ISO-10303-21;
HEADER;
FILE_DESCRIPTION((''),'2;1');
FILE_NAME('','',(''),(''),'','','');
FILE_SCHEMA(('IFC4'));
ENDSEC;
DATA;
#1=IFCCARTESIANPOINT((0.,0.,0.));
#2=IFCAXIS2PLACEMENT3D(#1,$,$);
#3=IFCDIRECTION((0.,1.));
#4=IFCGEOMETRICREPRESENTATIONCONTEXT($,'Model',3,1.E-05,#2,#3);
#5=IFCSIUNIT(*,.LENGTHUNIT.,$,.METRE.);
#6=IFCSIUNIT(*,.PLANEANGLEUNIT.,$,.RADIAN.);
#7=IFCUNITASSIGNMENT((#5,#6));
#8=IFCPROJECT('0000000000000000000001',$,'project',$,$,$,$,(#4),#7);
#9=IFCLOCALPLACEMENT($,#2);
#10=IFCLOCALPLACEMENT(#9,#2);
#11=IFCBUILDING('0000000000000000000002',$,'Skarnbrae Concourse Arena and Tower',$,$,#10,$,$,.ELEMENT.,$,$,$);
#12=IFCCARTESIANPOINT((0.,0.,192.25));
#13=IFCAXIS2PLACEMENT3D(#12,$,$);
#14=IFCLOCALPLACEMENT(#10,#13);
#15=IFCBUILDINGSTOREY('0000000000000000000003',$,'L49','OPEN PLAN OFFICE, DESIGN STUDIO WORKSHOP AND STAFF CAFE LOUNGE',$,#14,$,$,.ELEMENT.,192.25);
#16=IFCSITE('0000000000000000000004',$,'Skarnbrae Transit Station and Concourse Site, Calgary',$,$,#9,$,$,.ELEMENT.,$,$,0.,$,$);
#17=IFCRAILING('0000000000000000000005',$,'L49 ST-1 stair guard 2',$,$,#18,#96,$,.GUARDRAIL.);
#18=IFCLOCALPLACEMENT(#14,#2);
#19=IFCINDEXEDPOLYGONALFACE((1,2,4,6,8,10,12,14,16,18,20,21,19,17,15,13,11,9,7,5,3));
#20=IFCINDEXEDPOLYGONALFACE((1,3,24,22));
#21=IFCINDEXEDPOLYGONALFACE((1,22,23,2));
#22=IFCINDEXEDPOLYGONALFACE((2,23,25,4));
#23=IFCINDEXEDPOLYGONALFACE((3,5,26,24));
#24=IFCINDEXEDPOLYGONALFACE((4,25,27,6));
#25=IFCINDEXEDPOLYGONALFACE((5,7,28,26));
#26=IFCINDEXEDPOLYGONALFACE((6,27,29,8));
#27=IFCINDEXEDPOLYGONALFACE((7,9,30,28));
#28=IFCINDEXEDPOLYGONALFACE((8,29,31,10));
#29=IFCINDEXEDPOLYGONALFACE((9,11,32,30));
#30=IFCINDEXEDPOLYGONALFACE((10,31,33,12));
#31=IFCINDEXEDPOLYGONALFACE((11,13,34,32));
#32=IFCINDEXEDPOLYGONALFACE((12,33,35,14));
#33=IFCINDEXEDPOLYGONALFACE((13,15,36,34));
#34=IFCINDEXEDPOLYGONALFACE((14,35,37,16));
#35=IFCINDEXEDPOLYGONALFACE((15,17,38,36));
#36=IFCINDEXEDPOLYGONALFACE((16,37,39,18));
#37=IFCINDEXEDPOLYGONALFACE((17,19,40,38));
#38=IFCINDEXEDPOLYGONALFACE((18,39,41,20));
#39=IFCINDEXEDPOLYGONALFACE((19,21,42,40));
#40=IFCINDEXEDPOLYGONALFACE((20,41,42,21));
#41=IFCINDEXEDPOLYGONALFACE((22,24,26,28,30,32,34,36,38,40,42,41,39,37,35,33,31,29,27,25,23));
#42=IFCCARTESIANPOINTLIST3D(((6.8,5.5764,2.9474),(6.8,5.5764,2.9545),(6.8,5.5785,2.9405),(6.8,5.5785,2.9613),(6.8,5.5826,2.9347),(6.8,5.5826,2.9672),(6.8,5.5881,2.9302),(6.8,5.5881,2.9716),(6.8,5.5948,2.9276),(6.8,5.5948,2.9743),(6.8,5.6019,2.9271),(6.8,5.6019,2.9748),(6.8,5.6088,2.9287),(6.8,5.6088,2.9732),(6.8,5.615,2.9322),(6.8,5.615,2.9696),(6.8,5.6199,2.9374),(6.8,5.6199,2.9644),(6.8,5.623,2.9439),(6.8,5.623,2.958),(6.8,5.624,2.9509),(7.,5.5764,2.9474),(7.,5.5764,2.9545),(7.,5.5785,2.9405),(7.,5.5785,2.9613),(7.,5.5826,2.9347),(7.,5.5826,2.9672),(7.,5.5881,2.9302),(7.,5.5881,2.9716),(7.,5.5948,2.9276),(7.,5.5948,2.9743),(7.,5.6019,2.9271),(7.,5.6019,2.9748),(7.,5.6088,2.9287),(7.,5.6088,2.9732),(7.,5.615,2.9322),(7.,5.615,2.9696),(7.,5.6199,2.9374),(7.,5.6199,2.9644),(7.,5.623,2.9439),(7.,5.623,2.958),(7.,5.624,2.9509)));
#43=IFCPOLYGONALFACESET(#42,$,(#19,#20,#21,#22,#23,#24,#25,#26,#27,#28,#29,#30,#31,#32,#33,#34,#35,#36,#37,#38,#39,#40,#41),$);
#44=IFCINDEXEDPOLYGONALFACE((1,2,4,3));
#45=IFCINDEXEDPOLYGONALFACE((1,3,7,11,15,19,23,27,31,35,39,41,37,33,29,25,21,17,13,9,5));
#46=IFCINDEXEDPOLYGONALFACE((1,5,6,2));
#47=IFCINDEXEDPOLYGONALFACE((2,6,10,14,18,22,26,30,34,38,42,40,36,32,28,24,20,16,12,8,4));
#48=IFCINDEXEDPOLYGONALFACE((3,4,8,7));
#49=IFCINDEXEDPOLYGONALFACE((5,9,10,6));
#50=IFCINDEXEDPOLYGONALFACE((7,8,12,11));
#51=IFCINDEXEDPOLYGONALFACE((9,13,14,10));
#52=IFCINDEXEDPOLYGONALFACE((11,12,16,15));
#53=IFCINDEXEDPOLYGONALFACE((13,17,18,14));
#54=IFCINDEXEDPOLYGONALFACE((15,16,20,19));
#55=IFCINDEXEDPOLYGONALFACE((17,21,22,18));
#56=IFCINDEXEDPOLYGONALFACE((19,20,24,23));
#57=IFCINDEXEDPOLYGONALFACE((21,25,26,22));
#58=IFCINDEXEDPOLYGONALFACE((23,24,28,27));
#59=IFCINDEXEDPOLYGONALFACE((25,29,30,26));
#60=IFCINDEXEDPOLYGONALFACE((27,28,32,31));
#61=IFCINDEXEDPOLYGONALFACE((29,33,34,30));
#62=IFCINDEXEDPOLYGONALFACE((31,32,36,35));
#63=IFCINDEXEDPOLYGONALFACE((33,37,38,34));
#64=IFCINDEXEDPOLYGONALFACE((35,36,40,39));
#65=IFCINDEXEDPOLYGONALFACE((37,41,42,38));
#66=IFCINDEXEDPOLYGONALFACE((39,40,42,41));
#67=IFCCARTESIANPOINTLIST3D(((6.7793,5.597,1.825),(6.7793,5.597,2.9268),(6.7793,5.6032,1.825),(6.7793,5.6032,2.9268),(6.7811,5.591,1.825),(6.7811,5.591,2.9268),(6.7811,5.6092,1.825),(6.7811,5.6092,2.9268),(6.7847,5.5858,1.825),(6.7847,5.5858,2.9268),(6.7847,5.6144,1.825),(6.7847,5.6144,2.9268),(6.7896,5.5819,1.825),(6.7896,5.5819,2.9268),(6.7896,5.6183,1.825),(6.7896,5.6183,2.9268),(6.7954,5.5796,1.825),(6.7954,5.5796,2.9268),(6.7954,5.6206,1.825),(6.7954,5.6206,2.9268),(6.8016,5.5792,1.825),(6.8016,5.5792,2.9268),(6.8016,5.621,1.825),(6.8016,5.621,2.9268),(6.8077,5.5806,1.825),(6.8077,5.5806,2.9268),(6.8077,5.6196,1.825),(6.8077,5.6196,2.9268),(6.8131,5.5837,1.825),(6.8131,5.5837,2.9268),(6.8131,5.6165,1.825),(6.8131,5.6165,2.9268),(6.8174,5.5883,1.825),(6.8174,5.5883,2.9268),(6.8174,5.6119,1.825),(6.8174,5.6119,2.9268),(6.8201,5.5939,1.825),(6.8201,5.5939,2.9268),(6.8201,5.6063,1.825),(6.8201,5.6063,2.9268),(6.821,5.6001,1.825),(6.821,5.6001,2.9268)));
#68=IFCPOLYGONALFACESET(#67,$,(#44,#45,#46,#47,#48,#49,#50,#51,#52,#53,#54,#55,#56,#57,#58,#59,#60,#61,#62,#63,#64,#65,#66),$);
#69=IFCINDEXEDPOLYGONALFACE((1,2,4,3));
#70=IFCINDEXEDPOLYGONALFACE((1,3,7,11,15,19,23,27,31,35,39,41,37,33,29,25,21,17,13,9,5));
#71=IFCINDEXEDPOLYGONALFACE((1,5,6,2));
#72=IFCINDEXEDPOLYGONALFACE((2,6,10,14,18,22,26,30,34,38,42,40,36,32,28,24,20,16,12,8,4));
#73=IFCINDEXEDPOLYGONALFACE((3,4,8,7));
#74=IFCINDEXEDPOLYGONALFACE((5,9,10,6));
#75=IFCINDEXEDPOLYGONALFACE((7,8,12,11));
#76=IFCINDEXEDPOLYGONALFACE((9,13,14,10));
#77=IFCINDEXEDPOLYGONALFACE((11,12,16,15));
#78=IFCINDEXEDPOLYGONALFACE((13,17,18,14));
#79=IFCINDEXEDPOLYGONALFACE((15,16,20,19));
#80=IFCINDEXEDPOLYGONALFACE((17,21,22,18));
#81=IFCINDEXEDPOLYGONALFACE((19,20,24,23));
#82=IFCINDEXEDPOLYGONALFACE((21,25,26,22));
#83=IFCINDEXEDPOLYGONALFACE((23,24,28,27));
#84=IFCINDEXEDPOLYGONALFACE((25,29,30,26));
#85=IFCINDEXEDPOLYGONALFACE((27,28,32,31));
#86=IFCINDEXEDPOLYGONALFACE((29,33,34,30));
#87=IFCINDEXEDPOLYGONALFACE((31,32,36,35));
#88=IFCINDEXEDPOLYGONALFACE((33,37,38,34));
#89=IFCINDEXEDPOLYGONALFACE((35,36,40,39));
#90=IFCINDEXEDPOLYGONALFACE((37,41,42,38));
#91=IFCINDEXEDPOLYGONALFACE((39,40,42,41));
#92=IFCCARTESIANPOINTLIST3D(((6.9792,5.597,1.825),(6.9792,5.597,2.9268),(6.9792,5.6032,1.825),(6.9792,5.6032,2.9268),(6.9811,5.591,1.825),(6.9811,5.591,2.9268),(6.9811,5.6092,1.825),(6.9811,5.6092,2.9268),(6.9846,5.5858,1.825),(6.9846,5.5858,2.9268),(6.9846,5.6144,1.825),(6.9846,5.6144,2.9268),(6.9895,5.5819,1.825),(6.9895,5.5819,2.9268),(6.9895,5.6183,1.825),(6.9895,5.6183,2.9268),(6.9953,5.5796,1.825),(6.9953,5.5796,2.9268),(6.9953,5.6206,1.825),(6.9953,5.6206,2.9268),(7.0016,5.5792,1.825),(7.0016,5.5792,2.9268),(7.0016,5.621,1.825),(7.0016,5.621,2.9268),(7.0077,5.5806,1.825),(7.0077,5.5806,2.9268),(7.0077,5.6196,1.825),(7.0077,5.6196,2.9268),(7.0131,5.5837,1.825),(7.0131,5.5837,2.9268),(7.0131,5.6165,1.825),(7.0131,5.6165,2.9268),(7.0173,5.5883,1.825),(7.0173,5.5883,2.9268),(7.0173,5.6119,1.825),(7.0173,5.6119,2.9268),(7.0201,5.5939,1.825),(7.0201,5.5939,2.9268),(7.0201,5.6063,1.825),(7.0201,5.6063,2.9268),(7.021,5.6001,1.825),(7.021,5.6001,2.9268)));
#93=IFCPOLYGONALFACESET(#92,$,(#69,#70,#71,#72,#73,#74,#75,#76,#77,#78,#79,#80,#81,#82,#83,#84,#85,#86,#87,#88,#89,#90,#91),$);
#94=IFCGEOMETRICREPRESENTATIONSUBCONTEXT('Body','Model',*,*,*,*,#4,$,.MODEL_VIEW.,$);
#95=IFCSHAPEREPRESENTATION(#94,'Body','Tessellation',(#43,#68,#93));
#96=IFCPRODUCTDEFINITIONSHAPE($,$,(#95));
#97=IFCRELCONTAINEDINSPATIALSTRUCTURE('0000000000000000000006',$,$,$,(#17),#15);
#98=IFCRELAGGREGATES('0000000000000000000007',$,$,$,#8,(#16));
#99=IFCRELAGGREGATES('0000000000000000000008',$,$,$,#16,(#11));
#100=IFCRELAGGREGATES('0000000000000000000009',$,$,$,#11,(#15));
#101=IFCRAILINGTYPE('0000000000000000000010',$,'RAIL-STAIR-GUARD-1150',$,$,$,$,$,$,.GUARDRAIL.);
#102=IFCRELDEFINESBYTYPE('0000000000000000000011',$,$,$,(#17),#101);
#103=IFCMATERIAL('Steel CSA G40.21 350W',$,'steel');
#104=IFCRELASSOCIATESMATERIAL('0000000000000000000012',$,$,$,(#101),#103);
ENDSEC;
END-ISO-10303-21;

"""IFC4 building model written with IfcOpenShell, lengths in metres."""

from ifc_helpers import new_model, si_unit, direction, frame, origin, origin_2d, place, context, subcontext, project, spatial, circle, extrude, material, type_object, element, save


model = new_model("IFC4")

# Units and contexts
model_context = context("Model", 3, precision=1e-05, world=origin(), true_north=direction((0.0, 1.0)))
body_context = subcontext(model_context, "Body", "Model", "MODEL_VIEW")
ifc_project = project(units=[si_unit("LENGTHUNIT", "METRE"), si_unit("PLANEANGLEUNIT", "RADIAN")], contexts=[model_context])

# Site, building, storey
site_placement = place(None, origin())
site = spatial("IfcSite", under=ifc_project, at=site_placement, Name="Skarnbrae Transit Station and Concourse Site, Calgary", CompositionType="ELEMENT", RefElevation=0.0)
building_placement = place(site_placement, origin())
building = spatial("IfcBuilding", under=site, at=building_placement, Name="Skarnbrae Concourse Arena and Tower", CompositionType="ELEMENT")
storey_placement = place(building_placement, frame((0.0, 0.0, 192.25)))
storey = spatial("IfcBuildingStorey", under=building, at=storey_placement, Name="L49", Description="OPEN PLAN OFFICE, DESIGN STUDIO WORKSHOP AND STAFF CAFE LOUNGE", CompositionType="ELEMENT", Elevation=192.25)

# Shared definitions
ifc_material_1 = material(Name="Steel CSA G40.21 350W", Category="steel")

# Railing
railing_type_1 = type_object("IfcRailingType", Name="RAIL-STAIR-GUARD-1150", PredefinedType="GUARDRAIL", material=ifc_material_1)
railing_1_placement = place(storey_placement, frame((6.8, 5.6001, 1.825)))
element("IfcRailing", 1, at=railing_1_placement, inside=storey, type_object=railing_type_1, Name="L49 ST-1 stair guard 2", PredefinedType="GUARDRAIL", context=body_context, shape_type="SweptSolid", body=[
    extrude(circle(Radius=0.0239, at=origin_2d()), frame((0.0, 0.0, 1.126), z_axis=(1.0, 0.0, 0.0), x_axis=(0.0, 1.0, 0.0)), (0.0, 0.0, 1.0), 0.2),
    extrude(circle(Radius=0.021, at=origin_2d()), origin(), (0.0, 0.0, 1.0), 1.1018),
    extrude(circle(Radius=0.021, at=origin_2d()), frame((0.2, 0.0, 0.0)), (0.0, 0.0, 1.0), 1.1018),
])

save(model, "model.ifc")
